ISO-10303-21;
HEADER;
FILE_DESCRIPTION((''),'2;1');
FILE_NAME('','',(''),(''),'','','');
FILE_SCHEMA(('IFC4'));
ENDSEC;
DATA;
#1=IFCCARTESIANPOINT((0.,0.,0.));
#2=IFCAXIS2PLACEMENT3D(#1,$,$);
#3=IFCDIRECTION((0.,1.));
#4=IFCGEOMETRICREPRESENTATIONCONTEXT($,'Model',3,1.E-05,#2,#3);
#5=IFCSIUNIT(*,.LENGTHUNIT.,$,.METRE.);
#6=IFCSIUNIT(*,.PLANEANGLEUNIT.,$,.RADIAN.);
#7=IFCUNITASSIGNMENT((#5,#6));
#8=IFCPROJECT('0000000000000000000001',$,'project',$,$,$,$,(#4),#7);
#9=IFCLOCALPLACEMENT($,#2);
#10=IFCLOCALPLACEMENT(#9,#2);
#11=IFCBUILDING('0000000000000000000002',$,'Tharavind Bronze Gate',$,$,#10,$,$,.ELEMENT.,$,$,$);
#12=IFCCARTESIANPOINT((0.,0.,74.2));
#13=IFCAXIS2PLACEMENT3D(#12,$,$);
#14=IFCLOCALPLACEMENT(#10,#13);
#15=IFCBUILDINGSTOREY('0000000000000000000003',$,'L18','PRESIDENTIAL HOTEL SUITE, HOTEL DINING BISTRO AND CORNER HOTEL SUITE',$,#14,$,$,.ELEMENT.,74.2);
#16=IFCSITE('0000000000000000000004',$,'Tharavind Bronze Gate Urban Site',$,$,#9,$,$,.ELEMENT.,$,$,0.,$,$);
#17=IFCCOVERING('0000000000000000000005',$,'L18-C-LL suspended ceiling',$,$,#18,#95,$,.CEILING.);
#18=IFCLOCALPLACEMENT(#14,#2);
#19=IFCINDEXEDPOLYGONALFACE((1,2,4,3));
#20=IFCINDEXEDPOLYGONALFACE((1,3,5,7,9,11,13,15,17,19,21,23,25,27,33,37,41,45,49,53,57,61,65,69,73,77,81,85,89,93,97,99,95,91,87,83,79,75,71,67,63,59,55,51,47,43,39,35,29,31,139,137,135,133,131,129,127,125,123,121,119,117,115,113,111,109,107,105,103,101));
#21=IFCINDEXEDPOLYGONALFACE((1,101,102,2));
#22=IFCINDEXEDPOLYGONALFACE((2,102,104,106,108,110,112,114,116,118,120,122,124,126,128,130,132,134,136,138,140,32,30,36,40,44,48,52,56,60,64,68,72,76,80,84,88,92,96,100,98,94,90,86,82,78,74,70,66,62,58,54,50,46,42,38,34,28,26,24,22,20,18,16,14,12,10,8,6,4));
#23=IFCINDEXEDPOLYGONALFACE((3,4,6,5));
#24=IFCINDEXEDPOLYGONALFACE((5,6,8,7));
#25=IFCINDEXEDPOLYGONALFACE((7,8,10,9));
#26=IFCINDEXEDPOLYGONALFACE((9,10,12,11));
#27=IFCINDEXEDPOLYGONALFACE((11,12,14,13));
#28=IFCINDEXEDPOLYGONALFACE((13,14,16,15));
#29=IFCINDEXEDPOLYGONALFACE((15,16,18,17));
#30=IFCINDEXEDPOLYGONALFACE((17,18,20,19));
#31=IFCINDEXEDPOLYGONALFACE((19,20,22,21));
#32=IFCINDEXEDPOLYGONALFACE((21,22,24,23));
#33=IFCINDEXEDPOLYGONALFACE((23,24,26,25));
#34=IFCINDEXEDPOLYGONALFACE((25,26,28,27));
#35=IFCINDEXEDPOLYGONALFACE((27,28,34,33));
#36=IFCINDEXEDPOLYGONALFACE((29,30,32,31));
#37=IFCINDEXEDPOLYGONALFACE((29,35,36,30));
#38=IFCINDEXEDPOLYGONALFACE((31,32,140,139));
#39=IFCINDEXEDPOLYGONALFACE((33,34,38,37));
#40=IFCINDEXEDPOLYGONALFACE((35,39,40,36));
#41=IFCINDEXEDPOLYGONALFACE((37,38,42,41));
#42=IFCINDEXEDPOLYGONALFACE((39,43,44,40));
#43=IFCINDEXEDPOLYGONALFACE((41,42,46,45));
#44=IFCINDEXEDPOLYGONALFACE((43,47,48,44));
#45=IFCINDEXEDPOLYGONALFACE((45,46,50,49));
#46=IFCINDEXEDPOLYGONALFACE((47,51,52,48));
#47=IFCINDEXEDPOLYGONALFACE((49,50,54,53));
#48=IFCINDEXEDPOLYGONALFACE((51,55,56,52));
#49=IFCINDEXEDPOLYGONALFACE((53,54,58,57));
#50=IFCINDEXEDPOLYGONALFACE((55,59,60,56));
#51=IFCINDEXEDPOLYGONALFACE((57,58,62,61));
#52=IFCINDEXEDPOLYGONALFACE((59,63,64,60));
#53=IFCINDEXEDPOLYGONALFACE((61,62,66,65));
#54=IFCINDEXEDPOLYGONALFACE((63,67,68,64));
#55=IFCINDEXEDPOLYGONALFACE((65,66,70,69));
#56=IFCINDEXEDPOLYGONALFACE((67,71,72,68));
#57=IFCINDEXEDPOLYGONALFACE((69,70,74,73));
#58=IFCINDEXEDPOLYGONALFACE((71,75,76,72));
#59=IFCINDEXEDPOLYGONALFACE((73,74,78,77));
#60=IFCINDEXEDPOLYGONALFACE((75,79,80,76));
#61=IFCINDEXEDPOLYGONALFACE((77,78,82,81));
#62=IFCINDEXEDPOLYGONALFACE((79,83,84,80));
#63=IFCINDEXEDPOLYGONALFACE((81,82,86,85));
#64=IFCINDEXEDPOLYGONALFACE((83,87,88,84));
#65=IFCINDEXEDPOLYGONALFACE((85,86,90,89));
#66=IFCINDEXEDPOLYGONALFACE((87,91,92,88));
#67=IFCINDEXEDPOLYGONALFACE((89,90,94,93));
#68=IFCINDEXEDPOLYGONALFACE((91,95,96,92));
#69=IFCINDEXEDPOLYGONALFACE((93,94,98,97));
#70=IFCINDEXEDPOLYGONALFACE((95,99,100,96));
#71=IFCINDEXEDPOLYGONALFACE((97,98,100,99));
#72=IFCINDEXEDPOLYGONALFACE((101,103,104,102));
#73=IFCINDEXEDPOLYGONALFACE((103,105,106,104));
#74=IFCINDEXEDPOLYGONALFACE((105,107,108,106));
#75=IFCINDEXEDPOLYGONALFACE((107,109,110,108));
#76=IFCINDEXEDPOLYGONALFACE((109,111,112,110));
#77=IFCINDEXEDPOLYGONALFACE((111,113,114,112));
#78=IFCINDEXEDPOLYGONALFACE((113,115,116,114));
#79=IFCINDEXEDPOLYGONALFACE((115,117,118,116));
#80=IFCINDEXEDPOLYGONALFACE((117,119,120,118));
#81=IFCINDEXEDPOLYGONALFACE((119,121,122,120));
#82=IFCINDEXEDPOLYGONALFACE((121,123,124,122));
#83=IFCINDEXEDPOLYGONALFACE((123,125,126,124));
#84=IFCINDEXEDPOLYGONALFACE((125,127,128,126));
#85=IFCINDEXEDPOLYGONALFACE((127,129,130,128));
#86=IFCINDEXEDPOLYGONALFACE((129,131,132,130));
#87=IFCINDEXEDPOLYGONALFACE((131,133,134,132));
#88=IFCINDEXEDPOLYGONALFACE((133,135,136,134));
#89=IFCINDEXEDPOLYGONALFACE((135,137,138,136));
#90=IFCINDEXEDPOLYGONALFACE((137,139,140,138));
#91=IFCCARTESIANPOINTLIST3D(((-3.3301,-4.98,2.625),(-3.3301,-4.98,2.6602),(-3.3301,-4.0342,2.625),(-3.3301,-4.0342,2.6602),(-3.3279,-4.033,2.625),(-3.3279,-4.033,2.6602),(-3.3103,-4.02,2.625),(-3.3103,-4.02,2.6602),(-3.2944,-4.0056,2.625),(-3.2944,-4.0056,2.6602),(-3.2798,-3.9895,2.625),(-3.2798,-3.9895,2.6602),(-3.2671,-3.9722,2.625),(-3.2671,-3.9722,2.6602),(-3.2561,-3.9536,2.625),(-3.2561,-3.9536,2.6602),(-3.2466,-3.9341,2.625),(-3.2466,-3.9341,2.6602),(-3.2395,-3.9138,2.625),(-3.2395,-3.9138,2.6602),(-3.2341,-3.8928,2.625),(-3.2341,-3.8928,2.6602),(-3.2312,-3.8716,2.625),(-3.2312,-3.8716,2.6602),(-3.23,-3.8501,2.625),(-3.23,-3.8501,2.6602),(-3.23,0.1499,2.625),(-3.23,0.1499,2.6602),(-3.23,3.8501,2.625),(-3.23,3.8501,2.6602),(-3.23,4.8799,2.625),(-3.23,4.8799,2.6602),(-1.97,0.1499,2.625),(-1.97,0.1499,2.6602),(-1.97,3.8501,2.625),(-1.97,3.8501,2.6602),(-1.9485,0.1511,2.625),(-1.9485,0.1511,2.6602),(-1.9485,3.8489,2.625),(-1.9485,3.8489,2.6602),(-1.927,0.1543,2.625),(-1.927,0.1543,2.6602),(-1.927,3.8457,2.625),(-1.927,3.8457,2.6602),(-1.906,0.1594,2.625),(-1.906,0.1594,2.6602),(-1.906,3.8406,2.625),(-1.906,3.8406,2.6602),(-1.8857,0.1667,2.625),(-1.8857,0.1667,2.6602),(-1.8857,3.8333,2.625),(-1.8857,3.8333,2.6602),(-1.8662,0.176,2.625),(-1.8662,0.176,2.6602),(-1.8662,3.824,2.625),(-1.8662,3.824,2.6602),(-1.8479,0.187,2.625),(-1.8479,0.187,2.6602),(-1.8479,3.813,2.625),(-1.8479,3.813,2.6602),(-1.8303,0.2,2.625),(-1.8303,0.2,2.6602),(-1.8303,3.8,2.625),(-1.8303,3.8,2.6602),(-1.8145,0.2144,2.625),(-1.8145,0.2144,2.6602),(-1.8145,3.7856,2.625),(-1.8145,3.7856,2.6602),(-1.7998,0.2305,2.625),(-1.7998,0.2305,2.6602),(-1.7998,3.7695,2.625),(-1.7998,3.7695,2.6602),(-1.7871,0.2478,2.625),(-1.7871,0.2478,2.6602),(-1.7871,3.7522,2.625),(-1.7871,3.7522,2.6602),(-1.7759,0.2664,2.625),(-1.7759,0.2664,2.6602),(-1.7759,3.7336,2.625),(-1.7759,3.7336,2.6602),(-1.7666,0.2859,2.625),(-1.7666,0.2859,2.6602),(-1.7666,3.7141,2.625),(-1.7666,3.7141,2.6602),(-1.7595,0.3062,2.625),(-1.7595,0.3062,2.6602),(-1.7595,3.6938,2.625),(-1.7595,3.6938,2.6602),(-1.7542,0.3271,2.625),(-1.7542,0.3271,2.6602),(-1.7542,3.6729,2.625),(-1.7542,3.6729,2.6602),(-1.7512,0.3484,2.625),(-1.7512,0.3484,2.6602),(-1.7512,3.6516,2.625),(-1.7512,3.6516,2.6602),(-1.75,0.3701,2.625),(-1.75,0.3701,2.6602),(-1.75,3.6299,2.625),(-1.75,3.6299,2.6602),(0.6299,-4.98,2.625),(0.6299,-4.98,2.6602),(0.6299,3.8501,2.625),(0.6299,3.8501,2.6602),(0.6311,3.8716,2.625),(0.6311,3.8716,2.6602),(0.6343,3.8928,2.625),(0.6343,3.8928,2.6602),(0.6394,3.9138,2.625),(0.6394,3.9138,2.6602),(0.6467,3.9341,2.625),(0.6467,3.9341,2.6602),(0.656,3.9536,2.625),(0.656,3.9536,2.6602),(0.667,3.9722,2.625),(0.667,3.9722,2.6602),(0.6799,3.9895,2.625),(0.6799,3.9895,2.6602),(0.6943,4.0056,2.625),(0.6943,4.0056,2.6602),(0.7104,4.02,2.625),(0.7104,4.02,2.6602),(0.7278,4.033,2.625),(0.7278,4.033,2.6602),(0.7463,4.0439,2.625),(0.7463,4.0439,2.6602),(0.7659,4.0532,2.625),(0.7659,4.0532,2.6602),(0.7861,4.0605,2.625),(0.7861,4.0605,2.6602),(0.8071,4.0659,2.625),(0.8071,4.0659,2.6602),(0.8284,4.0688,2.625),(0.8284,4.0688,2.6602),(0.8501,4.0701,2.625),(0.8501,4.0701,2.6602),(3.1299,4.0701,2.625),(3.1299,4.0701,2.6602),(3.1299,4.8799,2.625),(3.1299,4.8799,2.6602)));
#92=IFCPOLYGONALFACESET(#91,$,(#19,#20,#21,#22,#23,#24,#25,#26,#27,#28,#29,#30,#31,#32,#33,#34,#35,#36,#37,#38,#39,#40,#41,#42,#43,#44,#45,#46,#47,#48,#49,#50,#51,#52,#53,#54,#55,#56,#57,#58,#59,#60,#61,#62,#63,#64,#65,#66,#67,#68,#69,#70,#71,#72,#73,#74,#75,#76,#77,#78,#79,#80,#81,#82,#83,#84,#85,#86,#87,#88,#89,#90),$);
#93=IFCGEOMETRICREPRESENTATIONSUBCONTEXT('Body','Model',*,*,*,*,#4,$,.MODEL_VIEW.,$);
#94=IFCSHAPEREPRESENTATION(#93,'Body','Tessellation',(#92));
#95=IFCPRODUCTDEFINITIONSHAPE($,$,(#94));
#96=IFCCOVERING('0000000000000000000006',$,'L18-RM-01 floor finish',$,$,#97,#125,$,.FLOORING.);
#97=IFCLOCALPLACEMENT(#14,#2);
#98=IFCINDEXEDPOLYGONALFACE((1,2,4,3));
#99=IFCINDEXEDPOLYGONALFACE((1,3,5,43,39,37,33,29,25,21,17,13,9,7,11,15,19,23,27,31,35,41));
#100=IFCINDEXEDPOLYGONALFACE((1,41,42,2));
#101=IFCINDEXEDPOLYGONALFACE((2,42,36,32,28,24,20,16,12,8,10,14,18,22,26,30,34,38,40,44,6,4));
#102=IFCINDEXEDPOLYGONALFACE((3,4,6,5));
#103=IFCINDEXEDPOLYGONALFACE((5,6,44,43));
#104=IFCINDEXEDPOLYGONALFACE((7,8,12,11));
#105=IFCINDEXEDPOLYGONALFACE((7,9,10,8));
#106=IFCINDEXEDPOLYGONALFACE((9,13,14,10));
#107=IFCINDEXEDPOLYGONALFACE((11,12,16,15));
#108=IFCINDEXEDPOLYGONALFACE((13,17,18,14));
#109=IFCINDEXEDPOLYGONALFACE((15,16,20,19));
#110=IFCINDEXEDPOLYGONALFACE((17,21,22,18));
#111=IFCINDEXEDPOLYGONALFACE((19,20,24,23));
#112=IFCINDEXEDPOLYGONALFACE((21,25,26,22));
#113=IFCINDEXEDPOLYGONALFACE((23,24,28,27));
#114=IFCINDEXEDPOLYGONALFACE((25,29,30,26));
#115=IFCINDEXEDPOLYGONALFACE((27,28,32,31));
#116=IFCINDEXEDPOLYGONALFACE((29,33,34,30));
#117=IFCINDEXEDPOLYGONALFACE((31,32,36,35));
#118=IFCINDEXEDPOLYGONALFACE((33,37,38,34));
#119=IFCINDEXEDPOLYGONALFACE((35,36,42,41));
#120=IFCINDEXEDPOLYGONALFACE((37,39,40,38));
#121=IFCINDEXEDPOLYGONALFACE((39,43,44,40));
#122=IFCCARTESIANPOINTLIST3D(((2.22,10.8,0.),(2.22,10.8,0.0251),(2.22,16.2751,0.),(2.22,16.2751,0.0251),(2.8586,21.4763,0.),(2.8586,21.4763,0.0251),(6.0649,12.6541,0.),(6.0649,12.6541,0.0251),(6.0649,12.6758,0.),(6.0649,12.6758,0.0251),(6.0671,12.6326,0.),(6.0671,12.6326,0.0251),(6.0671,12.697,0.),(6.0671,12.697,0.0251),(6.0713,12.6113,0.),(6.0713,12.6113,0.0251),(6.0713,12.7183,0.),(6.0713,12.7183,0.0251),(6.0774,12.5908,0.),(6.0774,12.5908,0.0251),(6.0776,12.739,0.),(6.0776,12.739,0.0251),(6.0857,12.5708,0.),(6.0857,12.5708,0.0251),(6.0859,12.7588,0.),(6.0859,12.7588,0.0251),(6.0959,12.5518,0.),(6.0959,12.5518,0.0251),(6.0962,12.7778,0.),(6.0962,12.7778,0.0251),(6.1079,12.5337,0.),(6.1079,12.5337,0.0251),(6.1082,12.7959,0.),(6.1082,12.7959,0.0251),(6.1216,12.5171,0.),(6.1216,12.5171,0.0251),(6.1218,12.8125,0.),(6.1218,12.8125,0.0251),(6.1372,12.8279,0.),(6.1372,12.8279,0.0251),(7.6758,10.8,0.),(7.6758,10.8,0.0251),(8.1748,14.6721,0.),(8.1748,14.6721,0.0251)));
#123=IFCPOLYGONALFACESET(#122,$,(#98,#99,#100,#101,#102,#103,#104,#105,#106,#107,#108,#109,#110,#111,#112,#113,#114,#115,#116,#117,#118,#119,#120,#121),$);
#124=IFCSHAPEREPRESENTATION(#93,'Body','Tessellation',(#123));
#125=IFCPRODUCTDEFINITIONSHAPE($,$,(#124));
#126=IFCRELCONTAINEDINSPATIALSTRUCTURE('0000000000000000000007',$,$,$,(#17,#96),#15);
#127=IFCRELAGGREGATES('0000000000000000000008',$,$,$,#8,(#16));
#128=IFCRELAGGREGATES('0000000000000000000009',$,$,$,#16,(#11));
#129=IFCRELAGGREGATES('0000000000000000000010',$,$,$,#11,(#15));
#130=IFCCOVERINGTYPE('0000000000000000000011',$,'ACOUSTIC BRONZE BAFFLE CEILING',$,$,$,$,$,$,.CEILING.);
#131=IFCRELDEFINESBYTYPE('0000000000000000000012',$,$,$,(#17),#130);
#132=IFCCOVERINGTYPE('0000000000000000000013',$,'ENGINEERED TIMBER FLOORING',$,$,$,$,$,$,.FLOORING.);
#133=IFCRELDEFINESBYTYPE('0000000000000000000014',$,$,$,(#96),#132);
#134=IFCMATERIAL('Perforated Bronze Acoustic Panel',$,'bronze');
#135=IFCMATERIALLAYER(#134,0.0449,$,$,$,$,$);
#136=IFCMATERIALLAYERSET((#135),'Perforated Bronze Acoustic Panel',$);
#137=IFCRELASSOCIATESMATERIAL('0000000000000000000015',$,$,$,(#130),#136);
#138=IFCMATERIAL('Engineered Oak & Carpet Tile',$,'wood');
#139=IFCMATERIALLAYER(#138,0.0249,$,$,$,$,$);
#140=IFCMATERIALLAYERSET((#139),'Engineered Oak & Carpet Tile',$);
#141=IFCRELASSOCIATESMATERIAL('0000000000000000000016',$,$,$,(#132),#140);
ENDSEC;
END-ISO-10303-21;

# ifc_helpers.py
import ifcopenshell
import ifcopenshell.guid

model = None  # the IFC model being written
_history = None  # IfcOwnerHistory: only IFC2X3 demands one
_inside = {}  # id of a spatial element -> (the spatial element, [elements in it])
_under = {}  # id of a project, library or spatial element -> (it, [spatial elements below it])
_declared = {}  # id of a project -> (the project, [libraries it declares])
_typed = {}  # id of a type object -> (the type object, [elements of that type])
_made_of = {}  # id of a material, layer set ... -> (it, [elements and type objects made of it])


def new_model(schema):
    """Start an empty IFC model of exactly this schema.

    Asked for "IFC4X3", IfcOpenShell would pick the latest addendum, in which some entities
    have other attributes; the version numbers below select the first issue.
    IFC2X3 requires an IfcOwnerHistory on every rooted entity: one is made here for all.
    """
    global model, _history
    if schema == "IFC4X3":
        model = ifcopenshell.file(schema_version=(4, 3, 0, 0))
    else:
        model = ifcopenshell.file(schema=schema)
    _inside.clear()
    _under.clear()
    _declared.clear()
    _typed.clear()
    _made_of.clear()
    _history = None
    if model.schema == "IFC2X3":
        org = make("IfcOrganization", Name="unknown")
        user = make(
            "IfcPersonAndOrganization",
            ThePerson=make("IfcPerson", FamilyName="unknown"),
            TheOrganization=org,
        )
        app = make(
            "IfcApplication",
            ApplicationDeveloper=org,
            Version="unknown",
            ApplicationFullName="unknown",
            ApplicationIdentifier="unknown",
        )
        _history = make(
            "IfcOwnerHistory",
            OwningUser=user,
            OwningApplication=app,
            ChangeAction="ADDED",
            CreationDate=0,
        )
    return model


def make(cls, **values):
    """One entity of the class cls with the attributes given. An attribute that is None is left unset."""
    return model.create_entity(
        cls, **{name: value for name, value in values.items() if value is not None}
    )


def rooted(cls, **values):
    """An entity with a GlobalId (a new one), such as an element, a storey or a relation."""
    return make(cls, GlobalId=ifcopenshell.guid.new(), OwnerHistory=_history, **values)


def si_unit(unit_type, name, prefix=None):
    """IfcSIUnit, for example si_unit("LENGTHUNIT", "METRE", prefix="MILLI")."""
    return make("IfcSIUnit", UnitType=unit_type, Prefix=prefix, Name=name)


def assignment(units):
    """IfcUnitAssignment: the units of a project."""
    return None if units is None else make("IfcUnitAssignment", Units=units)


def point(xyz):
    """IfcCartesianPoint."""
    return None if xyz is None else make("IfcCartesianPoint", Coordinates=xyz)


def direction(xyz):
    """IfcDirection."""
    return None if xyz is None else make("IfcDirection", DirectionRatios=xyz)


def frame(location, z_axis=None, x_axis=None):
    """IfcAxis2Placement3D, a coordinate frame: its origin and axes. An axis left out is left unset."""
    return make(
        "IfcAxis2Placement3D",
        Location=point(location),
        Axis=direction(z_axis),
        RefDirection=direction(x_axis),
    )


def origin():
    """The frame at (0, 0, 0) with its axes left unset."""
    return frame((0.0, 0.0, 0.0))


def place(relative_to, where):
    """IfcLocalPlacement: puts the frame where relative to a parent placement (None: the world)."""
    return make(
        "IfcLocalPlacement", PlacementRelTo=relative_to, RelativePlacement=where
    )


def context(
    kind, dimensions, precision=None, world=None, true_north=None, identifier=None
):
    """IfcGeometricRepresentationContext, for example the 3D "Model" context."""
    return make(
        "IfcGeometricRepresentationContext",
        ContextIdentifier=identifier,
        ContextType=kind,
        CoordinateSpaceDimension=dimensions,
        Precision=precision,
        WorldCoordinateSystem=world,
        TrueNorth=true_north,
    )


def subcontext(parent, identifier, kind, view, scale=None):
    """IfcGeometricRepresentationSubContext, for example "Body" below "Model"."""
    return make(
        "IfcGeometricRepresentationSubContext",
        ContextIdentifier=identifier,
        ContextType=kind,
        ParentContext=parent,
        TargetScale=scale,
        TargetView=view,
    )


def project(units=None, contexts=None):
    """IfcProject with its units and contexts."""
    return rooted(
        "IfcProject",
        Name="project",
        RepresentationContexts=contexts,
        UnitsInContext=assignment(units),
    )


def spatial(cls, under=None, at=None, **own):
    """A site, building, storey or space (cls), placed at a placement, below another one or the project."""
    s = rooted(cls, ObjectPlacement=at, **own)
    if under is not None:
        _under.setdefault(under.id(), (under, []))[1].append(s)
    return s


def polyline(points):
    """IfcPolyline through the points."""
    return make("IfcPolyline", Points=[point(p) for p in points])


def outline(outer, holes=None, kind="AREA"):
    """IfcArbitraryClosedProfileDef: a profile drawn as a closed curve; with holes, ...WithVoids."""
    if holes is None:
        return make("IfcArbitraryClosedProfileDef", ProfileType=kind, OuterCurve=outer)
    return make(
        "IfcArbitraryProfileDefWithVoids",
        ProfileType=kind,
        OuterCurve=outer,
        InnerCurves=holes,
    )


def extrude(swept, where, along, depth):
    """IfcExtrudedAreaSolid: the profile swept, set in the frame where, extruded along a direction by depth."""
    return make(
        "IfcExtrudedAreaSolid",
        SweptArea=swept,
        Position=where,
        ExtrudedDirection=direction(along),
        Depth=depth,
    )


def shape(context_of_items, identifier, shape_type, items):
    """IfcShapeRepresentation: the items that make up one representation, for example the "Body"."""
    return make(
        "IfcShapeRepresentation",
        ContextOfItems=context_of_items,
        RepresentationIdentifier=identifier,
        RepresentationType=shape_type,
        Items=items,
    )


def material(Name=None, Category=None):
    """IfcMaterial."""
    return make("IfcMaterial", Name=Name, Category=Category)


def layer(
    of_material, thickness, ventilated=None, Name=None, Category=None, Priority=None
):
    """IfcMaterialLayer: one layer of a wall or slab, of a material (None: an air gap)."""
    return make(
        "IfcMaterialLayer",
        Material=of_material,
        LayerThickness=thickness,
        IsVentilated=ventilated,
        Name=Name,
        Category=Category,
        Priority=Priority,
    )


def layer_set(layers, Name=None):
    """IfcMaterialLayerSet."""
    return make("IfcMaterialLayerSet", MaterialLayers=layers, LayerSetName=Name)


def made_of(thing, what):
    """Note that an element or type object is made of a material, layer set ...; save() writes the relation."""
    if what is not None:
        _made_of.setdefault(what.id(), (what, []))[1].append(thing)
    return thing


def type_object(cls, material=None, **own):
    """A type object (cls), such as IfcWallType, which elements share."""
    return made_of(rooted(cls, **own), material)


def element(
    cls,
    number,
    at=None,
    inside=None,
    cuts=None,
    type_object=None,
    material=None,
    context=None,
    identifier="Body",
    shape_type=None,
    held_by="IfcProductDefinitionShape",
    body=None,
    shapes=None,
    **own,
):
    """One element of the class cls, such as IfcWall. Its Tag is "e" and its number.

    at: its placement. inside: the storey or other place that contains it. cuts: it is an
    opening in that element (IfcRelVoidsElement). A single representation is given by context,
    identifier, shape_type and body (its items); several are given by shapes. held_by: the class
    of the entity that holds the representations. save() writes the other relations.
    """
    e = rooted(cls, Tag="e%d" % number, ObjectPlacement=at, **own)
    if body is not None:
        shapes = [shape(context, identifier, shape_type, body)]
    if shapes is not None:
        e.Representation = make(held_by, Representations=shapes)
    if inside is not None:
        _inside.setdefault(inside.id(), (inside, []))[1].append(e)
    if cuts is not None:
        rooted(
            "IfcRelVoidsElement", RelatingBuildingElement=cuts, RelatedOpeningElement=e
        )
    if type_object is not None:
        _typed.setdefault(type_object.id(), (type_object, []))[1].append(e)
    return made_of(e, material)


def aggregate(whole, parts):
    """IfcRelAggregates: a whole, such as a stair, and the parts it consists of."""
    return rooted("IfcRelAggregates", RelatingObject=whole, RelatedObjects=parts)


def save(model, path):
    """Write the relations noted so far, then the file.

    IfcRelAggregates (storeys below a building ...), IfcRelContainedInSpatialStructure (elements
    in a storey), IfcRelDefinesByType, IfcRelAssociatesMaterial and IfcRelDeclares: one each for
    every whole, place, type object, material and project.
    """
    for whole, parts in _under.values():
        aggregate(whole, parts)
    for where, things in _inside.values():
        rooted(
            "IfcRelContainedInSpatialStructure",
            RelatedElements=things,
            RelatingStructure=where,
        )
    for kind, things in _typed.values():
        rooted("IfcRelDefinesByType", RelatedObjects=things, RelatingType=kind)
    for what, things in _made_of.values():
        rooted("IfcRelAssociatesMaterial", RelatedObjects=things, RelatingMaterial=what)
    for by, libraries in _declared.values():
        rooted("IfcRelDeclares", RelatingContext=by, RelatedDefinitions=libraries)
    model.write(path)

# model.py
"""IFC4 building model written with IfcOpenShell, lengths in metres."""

from ifc_helpers import new_model, si_unit, direction, frame, origin, place, context, subcontext, project, spatial, polyline, outline, extrude, material, layer, layer_set, type_object, element, save


model = new_model("IFC4")

# Units and contexts
model_context = context("Model", 3, precision=1e-05, world=origin(), true_north=direction((0.0, 1.0)))
body_context = subcontext(model_context, "Body", "Model", "MODEL_VIEW")
ifc_project = project(units=[si_unit("LENGTHUNIT", "METRE"), si_unit("PLANEANGLEUNIT", "RADIAN")], contexts=[model_context])

# Site, building, storey
site_placement = place(None, origin())
site = spatial("IfcSite", under=ifc_project, at=site_placement, Name="Tharavind Bronze Gate Urban Site", CompositionType="ELEMENT", RefElevation=0.0)
building_placement = place(site_placement, origin())
building = spatial("IfcBuilding", under=site, at=building_placement, Name="Tharavind Bronze Gate", CompositionType="ELEMENT")
storey_placement = place(building_placement, frame((0.0, 0.0, 74.2)))
storey = spatial("IfcBuildingStorey", under=building, at=storey_placement, Name="L18", Description="PRESIDENTIAL HOTEL SUITE, HOTEL DINING BISTRO AND CORNER HOTEL SUITE", CompositionType="ELEMENT", Elevation=74.2)

# Coverings
ifc_material_1 = material(Name="Perforated Bronze Acoustic Panel", Category="bronze")
ifc_layer_1 = layer(ifc_material_1, 0.0449)
ifc_layer_set_1 = layer_set([ifc_layer_1], Name="Perforated Bronze Acoustic Panel")
covering_type_1 = type_object("IfcCoveringType", Name="ACOUSTIC BRONZE BAFFLE CEILING", PredefinedType="CEILING", material=ifc_layer_set_1)
covering_1_placement = place(storey_placement, frame((0.0, 0.0, 2.625)))
element("IfcCovering", 1, at=covering_1_placement, inside=storey, type_object=covering_type_1, Name="L18-C-LL suspended ceiling", PredefinedType="CEILING", context=body_context, shape_type="SweptSolid", body=[
    extrude(outline(polyline([(-3.3301, -4.98), (0.6299, -4.98), (0.6299, 3.8501), (0.6311, 3.8716), (0.6343, 3.8928), (0.6394, 3.9138), (0.6467, 3.9341), (0.656, 3.9536), (0.667, 3.9722), (0.6799, 3.9895), (0.6943, 4.0056), (0.7104, 4.02), (0.7278, 4.033), (0.7463, 4.0439), (0.7659, 4.0532), (0.7861, 4.0605), (0.8071, 4.0659), (0.8284, 4.0688), (0.8501, 4.0701), (3.1299, 4.0701), (3.1299, 4.8799), (-3.23, 4.8799), (-3.23, 3.8501), (-1.97, 3.8501), (-1.9485, 3.8489), (-1.927, 3.8457), (-1.906, 3.8406), (-1.8857, 3.8333), (-1.8662, 3.824), (-1.8479, 3.813), (-1.8303, 3.8), (-1.8145, 3.7856), (-1.7998, 3.7695), (-1.7871, 3.7522), (-1.7759, 3.7336), (-1.7666, 3.7141), (-1.7595, 3.6938), (-1.7542, 3.6729), (-1.7512, 3.6516), (-1.75, 3.6299), (-1.75, 0.3701), (-1.7512, 0.3484), (-1.7542, 0.3271), (-1.7595, 0.3062), (-1.7666, 0.2859), (-1.7759, 0.2664), (-1.7871, 0.2478), (-1.7998, 0.2305), (-1.8145, 0.2144), (-1.8303, 0.2), (-1.8479, 0.187), (-1.8662, 0.176), (-1.8857, 0.1667), (-1.906, 0.1594), (-1.927, 0.1543), (-1.9485, 0.1511), (-1.97, 0.1499), (-3.23, 0.1499), (-3.23, -3.8501), (-3.2312, -3.8716), (-3.2341, -3.8928), (-3.2395, -3.9138), (-3.2466, -3.9341), (-3.2561, -3.9536), (-3.2671, -3.9722), (-3.2798, -3.9895), (-3.2944, -4.0056), (-3.3103, -4.02), (-3.3279, -4.033), (-3.3301, -4.0342), (-3.3301, -4.98)])), origin(), (0.0, 0.0, 1.0), 0.0352),
])
ifc_material_2 = material(Name="Engineered Oak & Carpet Tile", Category="wood")
ifc_layer_2 = layer(ifc_material_2, 0.0249)
ifc_layer_set_2 = layer_set([ifc_layer_2], Name="Engineered Oak & Carpet Tile")
covering_type_2 = type_object("IfcCoveringType", Name="ENGINEERED TIMBER FLOORING", PredefinedType="FLOORING", material=ifc_layer_set_2)
covering_2_placement = place(storey_placement, origin())
element("IfcCovering", 2, at=covering_2_placement, inside=storey, type_object=covering_type_2, Name="L18-RM-01 floor finish", PredefinedType="FLOORING", context=body_context, shape_type="SweptSolid", body=[
    extrude(outline(polyline([(7.6758, 10.8), (6.1216, 12.5171), (6.1079, 12.5337), (6.0959, 12.5518), (6.0857, 12.5708), (6.0774, 12.5908), (6.0713, 12.6113), (6.0671, 12.6326), (6.0649, 12.6541), (6.0649, 12.6758), (6.0671, 12.697), (6.0713, 12.7183), (6.0776, 12.739), (6.0859, 12.7588), (6.0962, 12.7778), (6.1082, 12.7959), (6.1218, 12.8125), (6.1372, 12.8279), (8.1748, 14.6721), (2.8586, 21.4763), (2.22, 16.2751), (2.22, 10.8), (7.6758, 10.8)])), origin(), (0.0, 0.0, 1.0), 0.0251),
])

save(model, "model.ifc")
